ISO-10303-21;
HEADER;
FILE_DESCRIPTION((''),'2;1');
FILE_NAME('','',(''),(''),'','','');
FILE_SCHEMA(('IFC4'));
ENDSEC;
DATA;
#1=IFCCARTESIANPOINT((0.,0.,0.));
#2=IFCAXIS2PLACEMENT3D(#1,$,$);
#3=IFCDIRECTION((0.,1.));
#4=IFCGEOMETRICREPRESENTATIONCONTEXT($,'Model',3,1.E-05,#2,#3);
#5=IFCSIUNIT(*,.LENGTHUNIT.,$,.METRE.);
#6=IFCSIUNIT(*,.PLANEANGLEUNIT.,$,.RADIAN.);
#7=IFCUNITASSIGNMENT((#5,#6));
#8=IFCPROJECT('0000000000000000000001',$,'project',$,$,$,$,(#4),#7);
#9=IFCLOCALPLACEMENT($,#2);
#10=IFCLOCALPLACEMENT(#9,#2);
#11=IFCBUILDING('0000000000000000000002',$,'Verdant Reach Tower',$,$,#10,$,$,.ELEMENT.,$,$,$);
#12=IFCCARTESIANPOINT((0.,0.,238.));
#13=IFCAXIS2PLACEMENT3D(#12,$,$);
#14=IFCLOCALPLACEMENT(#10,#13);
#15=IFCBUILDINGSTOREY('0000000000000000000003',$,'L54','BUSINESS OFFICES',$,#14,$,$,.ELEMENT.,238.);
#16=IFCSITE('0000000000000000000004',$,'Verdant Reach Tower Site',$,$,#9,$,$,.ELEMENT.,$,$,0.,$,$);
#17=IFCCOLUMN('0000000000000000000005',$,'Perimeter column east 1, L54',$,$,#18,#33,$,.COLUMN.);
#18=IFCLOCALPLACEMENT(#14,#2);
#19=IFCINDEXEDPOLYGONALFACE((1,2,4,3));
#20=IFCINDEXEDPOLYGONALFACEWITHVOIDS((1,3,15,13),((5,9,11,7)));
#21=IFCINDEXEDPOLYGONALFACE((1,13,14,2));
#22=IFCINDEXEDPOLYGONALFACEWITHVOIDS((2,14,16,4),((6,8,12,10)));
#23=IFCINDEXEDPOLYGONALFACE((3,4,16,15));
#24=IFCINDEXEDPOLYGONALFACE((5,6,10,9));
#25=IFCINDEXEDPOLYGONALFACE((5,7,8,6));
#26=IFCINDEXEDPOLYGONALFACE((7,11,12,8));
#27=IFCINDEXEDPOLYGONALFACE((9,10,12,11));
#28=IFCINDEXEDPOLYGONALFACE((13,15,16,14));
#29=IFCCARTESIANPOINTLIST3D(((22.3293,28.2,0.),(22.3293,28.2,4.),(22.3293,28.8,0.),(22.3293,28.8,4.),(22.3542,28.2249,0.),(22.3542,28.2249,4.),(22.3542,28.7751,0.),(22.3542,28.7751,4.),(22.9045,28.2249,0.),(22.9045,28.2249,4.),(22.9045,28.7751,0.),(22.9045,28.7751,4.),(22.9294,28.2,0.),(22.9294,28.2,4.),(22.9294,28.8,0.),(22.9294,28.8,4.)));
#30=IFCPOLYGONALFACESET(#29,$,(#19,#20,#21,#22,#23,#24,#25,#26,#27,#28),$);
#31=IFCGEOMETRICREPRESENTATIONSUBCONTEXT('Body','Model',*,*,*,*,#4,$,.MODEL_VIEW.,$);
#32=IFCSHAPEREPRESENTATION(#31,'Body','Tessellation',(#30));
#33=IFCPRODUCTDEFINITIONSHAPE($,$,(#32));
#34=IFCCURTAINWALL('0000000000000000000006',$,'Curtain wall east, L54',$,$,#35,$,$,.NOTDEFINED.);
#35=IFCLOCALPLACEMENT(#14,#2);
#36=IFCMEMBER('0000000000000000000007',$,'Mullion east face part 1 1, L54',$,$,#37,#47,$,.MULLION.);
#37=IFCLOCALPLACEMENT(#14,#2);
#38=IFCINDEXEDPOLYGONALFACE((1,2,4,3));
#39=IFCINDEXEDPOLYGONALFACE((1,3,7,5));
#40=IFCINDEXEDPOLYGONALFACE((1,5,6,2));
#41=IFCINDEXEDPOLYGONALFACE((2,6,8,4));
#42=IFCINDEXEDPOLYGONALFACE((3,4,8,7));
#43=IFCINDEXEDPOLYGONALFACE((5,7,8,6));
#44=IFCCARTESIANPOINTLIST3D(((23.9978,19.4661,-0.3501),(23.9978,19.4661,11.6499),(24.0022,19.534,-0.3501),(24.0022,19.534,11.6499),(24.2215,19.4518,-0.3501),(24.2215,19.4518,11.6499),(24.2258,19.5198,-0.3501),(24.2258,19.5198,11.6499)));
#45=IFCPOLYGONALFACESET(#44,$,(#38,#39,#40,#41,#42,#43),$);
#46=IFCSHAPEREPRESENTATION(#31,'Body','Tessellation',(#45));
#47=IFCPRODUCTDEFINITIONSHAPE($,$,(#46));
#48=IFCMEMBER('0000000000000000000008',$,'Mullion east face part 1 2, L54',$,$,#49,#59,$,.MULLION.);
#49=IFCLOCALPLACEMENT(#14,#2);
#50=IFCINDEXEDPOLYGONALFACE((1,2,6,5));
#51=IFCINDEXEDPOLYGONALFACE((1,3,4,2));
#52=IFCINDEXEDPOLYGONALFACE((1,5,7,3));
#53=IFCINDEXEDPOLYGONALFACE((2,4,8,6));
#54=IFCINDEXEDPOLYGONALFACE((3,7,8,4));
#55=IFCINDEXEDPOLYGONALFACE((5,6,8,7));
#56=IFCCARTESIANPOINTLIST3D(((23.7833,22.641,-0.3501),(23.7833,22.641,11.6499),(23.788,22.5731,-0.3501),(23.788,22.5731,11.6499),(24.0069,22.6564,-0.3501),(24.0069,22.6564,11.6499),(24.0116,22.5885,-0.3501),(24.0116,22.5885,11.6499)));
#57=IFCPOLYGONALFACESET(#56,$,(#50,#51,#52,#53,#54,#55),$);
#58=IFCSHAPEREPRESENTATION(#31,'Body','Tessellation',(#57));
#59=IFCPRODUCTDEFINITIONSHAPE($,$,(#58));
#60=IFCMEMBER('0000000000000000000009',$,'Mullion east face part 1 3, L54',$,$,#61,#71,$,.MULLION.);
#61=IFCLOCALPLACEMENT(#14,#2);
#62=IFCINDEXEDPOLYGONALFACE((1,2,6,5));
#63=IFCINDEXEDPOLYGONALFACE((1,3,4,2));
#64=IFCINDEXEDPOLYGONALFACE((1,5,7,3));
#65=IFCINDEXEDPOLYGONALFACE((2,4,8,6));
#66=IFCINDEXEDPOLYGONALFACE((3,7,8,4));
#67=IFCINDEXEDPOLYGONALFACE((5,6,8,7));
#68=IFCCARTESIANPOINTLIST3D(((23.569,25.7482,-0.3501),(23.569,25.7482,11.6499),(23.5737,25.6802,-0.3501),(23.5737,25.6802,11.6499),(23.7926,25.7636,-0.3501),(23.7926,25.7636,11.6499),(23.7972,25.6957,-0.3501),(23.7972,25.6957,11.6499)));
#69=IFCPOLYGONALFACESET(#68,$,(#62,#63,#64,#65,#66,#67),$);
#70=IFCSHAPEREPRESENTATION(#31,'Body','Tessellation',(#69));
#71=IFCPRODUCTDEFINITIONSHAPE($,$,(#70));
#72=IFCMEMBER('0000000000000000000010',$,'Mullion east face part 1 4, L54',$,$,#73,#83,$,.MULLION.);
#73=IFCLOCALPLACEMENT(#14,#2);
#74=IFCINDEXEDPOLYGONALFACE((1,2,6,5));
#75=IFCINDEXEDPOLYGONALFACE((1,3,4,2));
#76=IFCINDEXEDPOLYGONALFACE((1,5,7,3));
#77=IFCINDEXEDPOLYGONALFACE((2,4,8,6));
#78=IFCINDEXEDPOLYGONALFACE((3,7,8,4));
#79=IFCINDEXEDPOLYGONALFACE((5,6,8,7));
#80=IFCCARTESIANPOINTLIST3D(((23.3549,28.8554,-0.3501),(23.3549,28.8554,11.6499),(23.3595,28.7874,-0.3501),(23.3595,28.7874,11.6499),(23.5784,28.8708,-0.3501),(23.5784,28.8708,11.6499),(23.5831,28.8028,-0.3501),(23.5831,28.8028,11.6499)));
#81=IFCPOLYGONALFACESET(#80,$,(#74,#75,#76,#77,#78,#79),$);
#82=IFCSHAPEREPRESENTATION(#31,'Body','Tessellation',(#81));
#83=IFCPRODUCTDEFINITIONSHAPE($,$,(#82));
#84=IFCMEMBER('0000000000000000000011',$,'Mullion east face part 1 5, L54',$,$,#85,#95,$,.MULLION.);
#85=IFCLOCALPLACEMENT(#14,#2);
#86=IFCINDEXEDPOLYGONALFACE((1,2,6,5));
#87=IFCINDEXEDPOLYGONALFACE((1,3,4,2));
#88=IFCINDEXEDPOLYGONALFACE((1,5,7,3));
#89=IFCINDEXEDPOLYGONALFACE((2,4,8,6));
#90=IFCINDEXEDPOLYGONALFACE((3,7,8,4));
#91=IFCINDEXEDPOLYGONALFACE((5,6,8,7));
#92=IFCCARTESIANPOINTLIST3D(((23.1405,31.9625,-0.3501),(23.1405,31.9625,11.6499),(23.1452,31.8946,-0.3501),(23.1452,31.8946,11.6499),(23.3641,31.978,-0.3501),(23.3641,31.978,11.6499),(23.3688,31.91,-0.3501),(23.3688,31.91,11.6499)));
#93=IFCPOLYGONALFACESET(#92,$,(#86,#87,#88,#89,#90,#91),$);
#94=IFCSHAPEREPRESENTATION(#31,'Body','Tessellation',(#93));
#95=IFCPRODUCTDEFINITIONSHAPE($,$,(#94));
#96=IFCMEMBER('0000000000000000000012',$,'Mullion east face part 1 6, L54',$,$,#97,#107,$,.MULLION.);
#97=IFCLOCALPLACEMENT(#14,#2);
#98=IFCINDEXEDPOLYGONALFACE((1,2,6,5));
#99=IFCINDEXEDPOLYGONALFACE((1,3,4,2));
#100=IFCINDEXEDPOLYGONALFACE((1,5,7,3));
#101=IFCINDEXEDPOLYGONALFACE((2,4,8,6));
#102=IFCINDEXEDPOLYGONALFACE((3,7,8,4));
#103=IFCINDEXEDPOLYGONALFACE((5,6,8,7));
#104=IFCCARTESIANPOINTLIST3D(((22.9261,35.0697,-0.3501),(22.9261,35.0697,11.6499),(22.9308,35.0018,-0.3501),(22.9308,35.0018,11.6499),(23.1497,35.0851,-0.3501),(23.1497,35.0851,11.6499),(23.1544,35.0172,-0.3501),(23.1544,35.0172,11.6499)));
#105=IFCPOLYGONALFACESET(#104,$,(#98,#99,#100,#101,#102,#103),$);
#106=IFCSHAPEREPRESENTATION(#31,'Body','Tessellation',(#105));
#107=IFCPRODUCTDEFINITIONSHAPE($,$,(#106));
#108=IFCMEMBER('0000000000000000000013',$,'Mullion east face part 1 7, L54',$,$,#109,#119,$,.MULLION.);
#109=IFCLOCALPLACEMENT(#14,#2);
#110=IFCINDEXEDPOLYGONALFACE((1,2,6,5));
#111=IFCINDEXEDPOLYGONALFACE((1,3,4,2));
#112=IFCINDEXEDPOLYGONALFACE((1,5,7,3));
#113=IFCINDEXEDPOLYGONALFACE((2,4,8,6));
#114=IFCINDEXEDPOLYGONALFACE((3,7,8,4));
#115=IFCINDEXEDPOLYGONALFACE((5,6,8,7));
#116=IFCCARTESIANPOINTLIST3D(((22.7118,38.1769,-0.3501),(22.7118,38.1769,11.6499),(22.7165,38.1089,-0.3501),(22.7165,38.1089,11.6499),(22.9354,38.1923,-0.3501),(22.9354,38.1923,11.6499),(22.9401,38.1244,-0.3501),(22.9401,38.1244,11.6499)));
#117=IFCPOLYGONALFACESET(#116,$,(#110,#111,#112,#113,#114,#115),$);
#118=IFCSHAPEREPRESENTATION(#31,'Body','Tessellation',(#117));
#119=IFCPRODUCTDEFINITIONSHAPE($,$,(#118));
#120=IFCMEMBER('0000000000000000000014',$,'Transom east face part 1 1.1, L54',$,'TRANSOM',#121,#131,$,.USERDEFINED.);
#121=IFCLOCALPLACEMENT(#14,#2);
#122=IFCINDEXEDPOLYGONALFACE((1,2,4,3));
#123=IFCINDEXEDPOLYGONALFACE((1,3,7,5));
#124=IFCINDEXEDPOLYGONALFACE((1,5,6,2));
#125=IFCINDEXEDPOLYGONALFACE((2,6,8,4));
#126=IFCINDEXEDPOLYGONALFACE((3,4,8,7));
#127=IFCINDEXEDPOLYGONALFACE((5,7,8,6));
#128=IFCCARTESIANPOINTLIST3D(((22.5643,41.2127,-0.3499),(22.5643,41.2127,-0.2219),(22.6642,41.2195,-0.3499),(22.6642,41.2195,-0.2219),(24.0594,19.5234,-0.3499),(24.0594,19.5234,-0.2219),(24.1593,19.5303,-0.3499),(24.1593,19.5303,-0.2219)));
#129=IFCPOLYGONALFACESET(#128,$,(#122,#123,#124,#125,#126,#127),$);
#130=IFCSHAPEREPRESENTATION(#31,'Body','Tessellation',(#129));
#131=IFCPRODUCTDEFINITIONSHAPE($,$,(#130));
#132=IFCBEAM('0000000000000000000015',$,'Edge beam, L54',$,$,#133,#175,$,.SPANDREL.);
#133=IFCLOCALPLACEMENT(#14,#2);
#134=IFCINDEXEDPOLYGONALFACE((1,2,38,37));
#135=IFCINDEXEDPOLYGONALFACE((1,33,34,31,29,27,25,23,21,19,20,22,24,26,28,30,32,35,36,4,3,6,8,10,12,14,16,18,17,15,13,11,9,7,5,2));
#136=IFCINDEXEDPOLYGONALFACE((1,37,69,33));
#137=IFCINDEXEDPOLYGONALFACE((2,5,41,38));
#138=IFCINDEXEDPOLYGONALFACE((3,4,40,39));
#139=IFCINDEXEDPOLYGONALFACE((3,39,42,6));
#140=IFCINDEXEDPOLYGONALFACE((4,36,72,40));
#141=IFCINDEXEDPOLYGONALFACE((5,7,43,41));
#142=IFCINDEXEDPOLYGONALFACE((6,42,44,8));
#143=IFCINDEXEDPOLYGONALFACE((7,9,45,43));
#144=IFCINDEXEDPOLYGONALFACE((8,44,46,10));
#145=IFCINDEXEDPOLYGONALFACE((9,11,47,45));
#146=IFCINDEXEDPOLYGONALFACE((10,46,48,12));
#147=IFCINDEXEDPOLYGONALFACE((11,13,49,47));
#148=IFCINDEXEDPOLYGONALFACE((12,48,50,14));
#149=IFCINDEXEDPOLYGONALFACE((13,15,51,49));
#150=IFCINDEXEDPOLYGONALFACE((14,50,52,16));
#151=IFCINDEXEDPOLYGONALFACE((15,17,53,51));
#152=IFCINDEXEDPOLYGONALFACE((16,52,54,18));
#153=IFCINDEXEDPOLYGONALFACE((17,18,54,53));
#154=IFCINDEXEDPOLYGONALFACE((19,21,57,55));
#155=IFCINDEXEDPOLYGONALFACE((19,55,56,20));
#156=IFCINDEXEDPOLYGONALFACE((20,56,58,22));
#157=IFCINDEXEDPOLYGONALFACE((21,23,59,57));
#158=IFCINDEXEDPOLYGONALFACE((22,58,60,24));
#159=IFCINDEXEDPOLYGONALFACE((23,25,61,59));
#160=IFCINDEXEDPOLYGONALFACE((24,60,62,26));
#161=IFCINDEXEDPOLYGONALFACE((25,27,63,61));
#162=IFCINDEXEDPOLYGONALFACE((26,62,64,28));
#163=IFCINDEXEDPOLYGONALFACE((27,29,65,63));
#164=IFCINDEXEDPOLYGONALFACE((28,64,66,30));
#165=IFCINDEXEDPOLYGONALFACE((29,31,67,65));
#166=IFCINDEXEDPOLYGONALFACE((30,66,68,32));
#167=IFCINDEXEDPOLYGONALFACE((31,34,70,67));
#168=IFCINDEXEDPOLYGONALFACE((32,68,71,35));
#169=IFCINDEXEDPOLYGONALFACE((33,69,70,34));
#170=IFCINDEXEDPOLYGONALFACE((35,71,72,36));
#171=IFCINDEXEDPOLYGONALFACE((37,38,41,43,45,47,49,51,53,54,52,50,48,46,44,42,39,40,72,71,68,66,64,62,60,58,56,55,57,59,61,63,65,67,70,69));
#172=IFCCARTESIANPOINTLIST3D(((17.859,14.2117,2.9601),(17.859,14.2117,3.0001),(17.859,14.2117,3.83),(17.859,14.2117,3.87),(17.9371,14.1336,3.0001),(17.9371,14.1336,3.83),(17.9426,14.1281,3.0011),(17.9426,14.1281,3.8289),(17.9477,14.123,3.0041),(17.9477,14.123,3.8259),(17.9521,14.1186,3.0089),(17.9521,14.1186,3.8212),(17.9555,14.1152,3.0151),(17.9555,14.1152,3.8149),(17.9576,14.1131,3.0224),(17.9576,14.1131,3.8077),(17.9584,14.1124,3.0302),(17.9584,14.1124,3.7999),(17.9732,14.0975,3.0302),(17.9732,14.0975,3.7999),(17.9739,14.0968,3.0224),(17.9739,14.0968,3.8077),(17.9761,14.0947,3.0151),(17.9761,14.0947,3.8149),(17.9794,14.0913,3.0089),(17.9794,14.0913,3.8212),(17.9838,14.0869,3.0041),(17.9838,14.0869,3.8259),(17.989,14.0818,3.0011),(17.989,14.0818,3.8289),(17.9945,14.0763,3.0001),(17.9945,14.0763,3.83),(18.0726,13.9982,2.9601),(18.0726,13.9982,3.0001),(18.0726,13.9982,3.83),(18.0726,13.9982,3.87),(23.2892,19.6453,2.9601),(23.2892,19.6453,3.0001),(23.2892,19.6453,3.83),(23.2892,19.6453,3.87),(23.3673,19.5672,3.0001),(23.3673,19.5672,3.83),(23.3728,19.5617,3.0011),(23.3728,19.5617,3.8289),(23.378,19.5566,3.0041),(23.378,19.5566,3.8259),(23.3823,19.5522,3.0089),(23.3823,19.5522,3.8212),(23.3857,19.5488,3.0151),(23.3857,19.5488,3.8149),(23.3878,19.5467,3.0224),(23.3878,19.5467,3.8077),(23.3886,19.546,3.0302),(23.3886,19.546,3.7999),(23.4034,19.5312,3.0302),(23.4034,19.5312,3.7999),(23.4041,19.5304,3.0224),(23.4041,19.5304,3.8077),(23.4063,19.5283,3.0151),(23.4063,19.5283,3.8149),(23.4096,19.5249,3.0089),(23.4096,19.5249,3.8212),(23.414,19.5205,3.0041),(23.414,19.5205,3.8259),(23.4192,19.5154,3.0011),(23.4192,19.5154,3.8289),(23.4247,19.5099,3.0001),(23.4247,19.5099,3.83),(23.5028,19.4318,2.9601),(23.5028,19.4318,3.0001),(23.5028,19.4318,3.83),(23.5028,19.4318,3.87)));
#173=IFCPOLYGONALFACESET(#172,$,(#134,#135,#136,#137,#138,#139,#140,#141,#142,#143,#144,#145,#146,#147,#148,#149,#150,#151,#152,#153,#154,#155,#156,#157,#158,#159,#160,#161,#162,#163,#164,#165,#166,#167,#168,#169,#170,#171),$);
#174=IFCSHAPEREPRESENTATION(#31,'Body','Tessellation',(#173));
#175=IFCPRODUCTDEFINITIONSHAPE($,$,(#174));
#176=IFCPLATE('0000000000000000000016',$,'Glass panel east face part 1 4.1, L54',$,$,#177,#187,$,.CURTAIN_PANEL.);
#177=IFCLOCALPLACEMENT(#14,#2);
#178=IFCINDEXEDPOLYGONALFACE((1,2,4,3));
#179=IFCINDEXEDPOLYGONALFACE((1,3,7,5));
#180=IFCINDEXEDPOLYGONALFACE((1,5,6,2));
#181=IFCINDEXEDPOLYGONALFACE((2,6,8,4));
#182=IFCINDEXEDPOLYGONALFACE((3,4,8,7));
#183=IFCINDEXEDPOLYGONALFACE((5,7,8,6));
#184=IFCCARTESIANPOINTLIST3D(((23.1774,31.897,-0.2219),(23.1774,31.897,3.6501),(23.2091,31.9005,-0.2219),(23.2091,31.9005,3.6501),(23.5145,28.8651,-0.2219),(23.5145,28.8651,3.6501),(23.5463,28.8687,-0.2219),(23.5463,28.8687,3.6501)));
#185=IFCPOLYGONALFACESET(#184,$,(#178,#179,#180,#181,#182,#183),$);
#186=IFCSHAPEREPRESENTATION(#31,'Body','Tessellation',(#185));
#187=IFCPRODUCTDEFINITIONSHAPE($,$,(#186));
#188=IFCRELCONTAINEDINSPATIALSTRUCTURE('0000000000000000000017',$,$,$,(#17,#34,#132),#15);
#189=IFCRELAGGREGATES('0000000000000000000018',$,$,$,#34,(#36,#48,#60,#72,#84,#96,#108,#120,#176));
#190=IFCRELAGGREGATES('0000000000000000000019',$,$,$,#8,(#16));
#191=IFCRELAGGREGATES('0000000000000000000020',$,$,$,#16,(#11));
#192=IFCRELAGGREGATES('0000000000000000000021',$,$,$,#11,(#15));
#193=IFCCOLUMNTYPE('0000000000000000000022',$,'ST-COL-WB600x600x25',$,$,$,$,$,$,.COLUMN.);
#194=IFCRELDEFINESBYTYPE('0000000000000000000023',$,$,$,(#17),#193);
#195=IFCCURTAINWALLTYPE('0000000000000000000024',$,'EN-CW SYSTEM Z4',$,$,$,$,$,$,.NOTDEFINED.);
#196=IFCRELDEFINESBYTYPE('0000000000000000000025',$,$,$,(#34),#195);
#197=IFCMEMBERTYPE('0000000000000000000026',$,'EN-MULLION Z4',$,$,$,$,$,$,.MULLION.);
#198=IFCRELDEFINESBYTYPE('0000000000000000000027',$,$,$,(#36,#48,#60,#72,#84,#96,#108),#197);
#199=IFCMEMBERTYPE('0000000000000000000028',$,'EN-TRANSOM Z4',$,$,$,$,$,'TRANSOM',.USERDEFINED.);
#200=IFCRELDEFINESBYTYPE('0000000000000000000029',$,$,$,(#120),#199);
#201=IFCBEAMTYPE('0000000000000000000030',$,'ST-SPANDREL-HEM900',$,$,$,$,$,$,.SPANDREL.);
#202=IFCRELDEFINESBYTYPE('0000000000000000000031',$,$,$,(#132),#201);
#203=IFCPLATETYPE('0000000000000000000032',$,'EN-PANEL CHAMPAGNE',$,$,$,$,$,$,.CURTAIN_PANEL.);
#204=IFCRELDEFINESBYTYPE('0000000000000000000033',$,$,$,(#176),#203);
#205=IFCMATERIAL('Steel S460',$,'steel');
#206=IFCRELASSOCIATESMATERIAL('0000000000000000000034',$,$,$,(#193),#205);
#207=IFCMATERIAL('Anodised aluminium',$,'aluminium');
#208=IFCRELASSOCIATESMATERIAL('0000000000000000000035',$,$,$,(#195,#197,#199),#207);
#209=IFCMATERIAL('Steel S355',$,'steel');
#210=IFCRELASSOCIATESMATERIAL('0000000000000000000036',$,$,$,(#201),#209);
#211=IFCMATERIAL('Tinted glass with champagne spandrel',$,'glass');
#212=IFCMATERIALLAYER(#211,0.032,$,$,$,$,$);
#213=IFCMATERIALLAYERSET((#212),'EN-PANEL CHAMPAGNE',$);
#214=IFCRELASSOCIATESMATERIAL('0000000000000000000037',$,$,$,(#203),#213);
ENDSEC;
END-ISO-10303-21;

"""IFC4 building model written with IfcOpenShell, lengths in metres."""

from ifc_helpers import new_model, si_unit, direction, frame, origin, origin_2d, place, context, subcontext, project, spatial, rectangle, hollow_rectangle, i_section, extrude, material, layer, layer_set, material_profile, profile_set, type_object, element, aggregate, save


model = new_model("IFC4")

# Units and contexts
model_context = context("Model", 3, precision=1e-05, world=origin(), true_north=direction((0.0, 1.0)))
body_context = subcontext(model_context, "Body", "Model", "MODEL_VIEW")
ifc_project = project(units=[si_unit("LENGTHUNIT", "METRE"), si_unit("PLANEANGLEUNIT", "RADIAN")], contexts=[model_context])

# Site, building, storey
site_placement = place(None, origin())
site = spatial("IfcSite", under=ifc_project, at=site_placement, Name="Verdant Reach Tower Site", CompositionType="ELEMENT", RefElevation=0.0)
building_placement = place(site_placement, origin())
building = spatial("IfcBuilding", under=site, at=building_placement, Name="Verdant Reach Tower", CompositionType="ELEMENT")
storey_placement = place(building_placement, frame((0.0, 0.0, 238.0)))
storey = spatial("IfcBuildingStorey", under=building, at=storey_placement, Name="L54", Description="BUSINESS OFFICES", CompositionType="ELEMENT", Elevation=238.0)

# Column
ifc_material_1 = material(Name="Steel S460", Category="steel")
ifc_material_profile_1 = material_profile(ifc_material_1, hollow_rectangle(XDim=0.6001, YDim=0.6001, WallThickness=0.0249, at=origin_2d()), Name="WB 600x600x25")
ifc_profile_set_1 = profile_set([ifc_material_profile_1], Name="Steel S460")
column_type = type_object("IfcColumnType", Name="ST-COL-WB600x600x25", PredefinedType="COLUMN", material=ifc_profile_set_1)
column_placement = place(storey_placement, frame((22.6294, 28.5, 0.0), z_axis=(0.0, 0.0, 1.0), x_axis=(1.0, 0.0, 0.0)))
element("IfcColumn", 1, at=column_placement, inside=storey, type_object=column_type, Name="Perimeter column east 1, L54", PredefinedType="COLUMN", context=body_context, shape_type="SweptSolid", body=[
    extrude(hollow_rectangle(XDim=0.6001, YDim=0.6001, WallThickness=0.0249, at=origin_2d()), origin(), (0.0, 0.0, 1.0), 4.0),
])

# Curtain wall, members
ifc_material_2 = material(Name="Anodised aluminium", Category="aluminium")
curtain_wall_type = type_object("IfcCurtainWallType", Name="EN-CW SYSTEM Z4", PredefinedType="NOTDEFINED", material=ifc_material_2)
curtain_wall_placement = place(storey_placement, origin())
curtain_wall = element("IfcCurtainWall", 2, at=curtain_wall_placement, inside=storey, type_object=curtain_wall_type, Name="Curtain wall east, L54", PredefinedType="NOTDEFINED")
ifc_material_profile_2 = material_profile(ifc_material_2, rectangle(XDim=0.2241, YDim=0.0681, at=origin_2d()), Name="Mullion 68x224")
ifc_profile_set_2 = profile_set([ifc_material_profile_2], Name="Anodised aluminium")
member_type_1 = type_object("IfcMemberType", Name="EN-MULLION Z4", PredefinedType="MULLION", material=ifc_profile_set_2)
member_1_placement = place(storey_placement, frame((24.1118, 19.4929, -0.3501), z_axis=(0.0, 0.0, 1.0), x_axis=(0.997969, -0.063699, 0.0)))
member_1 = element("IfcMember", 3, at=member_1_placement, type_object=member_type_1, Name="Mullion east face part 1 1, L54", PredefinedType="MULLION", context=body_context, shape_type="SweptSolid", body=[
    extrude(rectangle(XDim=0.2241, YDim=0.0681, at=origin_2d()), origin(), (0.0, 0.0, 1.0), 12.0),
])
member_2_placement = place(storey_placement, frame((23.8975, 22.6147, -0.3501), z_axis=(0.0, 0.0, 1.0), x_axis=(0.99763, 0.068802, 0.0)))
member_2 = element("IfcMember", 4, at=member_2_placement, type_object=member_type_1, Name="Mullion east face part 1 2, L54", PredefinedType="MULLION", context=body_context, shape_type="SweptSolid", body=[
    extrude(rectangle(XDim=0.2241, YDim=0.0681, at=origin_2d()), origin(), (0.0, 0.0, 1.0), 12.0),
])
member_3_placement = place(storey_placement, frame((23.6831, 25.7219, -0.3501), z_axis=(0.0, 0.0, 1.0), x_axis=(0.99763, 0.068802, 0.0)))
member_3 = element("IfcMember", 5, at=member_3_placement, type_object=member_type_1, Name="Mullion east face part 1 3, L54", PredefinedType="MULLION", context=body_context, shape_type="SweptSolid", body=[
    extrude(rectangle(XDim=0.2241, YDim=0.0681, at=origin_2d()), origin(), (0.0, 0.0, 1.0), 12.0),
])
member_4_placement = place(storey_placement, frame((23.469, 28.8291, -0.3501), z_axis=(0.0, 0.0, 1.0), x_axis=(0.99763, 0.068802, 0.0)))
member_4 = element("IfcMember", 6, at=member_4_placement, type_object=member_type_1, Name="Mullion east face part 1 4, L54", PredefinedType="MULLION", context=body_context, shape_type="SweptSolid", body=[
    extrude(rectangle(XDim=0.2241, YDim=0.0681, at=origin_2d()), origin(), (0.0, 0.0, 1.0), 12.0),
])
member_5_placement = place(storey_placement, frame((23.2546, 31.9363, -0.3501), z_axis=(0.0, 0.0, 1.0), x_axis=(0.99763, 0.068802, 0.0)))
member_5 = element("IfcMember", 7, at=member_5_placement, type_object=member_type_1, Name="Mullion east face part 1 5, L54", PredefinedType="MULLION", context=body_context, shape_type="SweptSolid", body=[
    extrude(rectangle(XDim=0.2241, YDim=0.0681, at=origin_2d()), origin(), (0.0, 0.0, 1.0), 12.0),
])
member_6_placement = place(storey_placement, frame((23.0403, 35.0435, -0.3501), z_axis=(0.0, 0.0, 1.0), x_axis=(0.99763, 0.068802, 0.0)))
member_6 = element("IfcMember", 8, at=member_6_placement, type_object=member_type_1, Name="Mullion east face part 1 6, L54", PredefinedType="MULLION", context=body_context, shape_type="SweptSolid", body=[
    extrude(rectangle(XDim=0.2241, YDim=0.0681, at=origin_2d()), origin(), (0.0, 0.0, 1.0), 12.0),
])
member_7_placement = place(storey_placement, frame((22.8259, 38.1506, -0.3501), z_axis=(0.0, 0.0, 1.0), x_axis=(0.99763, 0.068802, 0.0)))
member_7 = element("IfcMember", 9, at=member_7_placement, type_object=member_type_1, Name="Mullion east face part 1 7, L54", PredefinedType="MULLION", context=body_context, shape_type="SweptSolid", body=[
    extrude(rectangle(XDim=0.2241, YDim=0.0681, at=origin_2d()), origin(), (0.0, 0.0, 1.0), 12.0),
])
ifc_material_profile_3 = material_profile(ifc_material_2, rectangle(XDim=0.1001, YDim=0.1279, at=origin_2d()), Name="Transom 128x100")
ifc_profile_set_3 = profile_set([ifc_material_profile_3], Name="Anodised aluminium")
member_type_2 = type_object("IfcMemberType", Name="EN-TRANSOM Z4", ElementType="TRANSOM", PredefinedType="USERDEFINED", material=ifc_profile_set_3)
member_8_placement = place(storey_placement, frame((24.1094, 19.5269, -0.2859), z_axis=(-0.06877, 0.997633, 0.0), x_axis=(-0.997633, -0.06877, 0.0)))
member_8 = element("IfcMember", 10, at=member_8_placement, type_object=member_type_2, Name="Transom east face part 1 1.1, L54", ObjectType="TRANSOM", PredefinedType="USERDEFINED", context=body_context, shape_type="SweptSolid", body=[
    extrude(rectangle(XDim=0.1001, YDim=0.1279, at=origin_2d()), origin(), (0.0, 0.0, 1.0), 21.7407),
])

# Beam
ifc_material_3 = material(Name="Steel S355", Category="steel")
ifc_material_profile_4 = material_profile(ifc_material_3, i_section(OverallWidth=0.302, OverallDepth=0.9099, WebThickness=0.021, FlangeThickness=0.04, FilletRadius=0.03, at=origin_2d()), Name="HEM 900")
ifc_profile_set_4 = profile_set([ifc_material_profile_4], Name="Steel S355")
beam_type = type_object("IfcBeamType", Name="ST-SPANDREL-HEM900", PredefinedType="SPANDREL", material=ifc_profile_set_4)
beam_placement = place(storey_placement, frame((23.396, 19.5386, 3.415), z_axis=(-0.706884, -0.707329, 0.0), x_axis=(0.707329, -0.706884, 0.0)))
element("IfcBeam", 11, at=beam_placement, inside=storey, type_object=beam_type, Name="Edge beam, L54", PredefinedType="SPANDREL", context=body_context, shape_type="SweptSolid", body=[
    extrude(i_section(OverallWidth=0.302, OverallDepth=0.9099, WebThickness=0.021, FlangeThickness=0.04, FilletRadius=0.03, at=origin_2d()), origin(), (0.0, 0.0, 1.0), 7.6819),
])

# Plate
ifc_material_4 = material(Name="Tinted glass with champagne spandrel", Category="glass")
ifc_layer_1 = layer(ifc_material_4, 0.032)
ifc_layer_set_1 = layer_set([ifc_layer_1], Name="EN-PANEL CHAMPAGNE")
plate_type_1 = type_object("IfcPlateType", Name="EN-PANEL CHAMPAGNE", PredefinedType="CURTAIN_PANEL", material=ifc_layer_set_1)
plate_1_placement = place(storey_placement, frame((23.3618, 30.3828, -0.2219), z_axis=(0.0, 0.0, 1.0), x_axis=(-0.110518, 0.993874, 0.0)))
plate_1 = element("IfcPlate", 12, at=plate_1_placement, type_object=plate_type_1, Name="Glass panel east face part 1 4.1, L54", PredefinedType="CURTAIN_PANEL", context=body_context, shape_type="SweptSolid", body=[
    extrude(rectangle(XDim=3.0505, YDim=0.032, at=origin_2d()), origin(), (0.0, 0.0, 1.0), 3.8721),
])
aggregate(curtain_wall, [member_1, member_2, member_3, member_4, member_5, member_6, member_7, member_8, plate_1])

save(model, "model.ifc")
